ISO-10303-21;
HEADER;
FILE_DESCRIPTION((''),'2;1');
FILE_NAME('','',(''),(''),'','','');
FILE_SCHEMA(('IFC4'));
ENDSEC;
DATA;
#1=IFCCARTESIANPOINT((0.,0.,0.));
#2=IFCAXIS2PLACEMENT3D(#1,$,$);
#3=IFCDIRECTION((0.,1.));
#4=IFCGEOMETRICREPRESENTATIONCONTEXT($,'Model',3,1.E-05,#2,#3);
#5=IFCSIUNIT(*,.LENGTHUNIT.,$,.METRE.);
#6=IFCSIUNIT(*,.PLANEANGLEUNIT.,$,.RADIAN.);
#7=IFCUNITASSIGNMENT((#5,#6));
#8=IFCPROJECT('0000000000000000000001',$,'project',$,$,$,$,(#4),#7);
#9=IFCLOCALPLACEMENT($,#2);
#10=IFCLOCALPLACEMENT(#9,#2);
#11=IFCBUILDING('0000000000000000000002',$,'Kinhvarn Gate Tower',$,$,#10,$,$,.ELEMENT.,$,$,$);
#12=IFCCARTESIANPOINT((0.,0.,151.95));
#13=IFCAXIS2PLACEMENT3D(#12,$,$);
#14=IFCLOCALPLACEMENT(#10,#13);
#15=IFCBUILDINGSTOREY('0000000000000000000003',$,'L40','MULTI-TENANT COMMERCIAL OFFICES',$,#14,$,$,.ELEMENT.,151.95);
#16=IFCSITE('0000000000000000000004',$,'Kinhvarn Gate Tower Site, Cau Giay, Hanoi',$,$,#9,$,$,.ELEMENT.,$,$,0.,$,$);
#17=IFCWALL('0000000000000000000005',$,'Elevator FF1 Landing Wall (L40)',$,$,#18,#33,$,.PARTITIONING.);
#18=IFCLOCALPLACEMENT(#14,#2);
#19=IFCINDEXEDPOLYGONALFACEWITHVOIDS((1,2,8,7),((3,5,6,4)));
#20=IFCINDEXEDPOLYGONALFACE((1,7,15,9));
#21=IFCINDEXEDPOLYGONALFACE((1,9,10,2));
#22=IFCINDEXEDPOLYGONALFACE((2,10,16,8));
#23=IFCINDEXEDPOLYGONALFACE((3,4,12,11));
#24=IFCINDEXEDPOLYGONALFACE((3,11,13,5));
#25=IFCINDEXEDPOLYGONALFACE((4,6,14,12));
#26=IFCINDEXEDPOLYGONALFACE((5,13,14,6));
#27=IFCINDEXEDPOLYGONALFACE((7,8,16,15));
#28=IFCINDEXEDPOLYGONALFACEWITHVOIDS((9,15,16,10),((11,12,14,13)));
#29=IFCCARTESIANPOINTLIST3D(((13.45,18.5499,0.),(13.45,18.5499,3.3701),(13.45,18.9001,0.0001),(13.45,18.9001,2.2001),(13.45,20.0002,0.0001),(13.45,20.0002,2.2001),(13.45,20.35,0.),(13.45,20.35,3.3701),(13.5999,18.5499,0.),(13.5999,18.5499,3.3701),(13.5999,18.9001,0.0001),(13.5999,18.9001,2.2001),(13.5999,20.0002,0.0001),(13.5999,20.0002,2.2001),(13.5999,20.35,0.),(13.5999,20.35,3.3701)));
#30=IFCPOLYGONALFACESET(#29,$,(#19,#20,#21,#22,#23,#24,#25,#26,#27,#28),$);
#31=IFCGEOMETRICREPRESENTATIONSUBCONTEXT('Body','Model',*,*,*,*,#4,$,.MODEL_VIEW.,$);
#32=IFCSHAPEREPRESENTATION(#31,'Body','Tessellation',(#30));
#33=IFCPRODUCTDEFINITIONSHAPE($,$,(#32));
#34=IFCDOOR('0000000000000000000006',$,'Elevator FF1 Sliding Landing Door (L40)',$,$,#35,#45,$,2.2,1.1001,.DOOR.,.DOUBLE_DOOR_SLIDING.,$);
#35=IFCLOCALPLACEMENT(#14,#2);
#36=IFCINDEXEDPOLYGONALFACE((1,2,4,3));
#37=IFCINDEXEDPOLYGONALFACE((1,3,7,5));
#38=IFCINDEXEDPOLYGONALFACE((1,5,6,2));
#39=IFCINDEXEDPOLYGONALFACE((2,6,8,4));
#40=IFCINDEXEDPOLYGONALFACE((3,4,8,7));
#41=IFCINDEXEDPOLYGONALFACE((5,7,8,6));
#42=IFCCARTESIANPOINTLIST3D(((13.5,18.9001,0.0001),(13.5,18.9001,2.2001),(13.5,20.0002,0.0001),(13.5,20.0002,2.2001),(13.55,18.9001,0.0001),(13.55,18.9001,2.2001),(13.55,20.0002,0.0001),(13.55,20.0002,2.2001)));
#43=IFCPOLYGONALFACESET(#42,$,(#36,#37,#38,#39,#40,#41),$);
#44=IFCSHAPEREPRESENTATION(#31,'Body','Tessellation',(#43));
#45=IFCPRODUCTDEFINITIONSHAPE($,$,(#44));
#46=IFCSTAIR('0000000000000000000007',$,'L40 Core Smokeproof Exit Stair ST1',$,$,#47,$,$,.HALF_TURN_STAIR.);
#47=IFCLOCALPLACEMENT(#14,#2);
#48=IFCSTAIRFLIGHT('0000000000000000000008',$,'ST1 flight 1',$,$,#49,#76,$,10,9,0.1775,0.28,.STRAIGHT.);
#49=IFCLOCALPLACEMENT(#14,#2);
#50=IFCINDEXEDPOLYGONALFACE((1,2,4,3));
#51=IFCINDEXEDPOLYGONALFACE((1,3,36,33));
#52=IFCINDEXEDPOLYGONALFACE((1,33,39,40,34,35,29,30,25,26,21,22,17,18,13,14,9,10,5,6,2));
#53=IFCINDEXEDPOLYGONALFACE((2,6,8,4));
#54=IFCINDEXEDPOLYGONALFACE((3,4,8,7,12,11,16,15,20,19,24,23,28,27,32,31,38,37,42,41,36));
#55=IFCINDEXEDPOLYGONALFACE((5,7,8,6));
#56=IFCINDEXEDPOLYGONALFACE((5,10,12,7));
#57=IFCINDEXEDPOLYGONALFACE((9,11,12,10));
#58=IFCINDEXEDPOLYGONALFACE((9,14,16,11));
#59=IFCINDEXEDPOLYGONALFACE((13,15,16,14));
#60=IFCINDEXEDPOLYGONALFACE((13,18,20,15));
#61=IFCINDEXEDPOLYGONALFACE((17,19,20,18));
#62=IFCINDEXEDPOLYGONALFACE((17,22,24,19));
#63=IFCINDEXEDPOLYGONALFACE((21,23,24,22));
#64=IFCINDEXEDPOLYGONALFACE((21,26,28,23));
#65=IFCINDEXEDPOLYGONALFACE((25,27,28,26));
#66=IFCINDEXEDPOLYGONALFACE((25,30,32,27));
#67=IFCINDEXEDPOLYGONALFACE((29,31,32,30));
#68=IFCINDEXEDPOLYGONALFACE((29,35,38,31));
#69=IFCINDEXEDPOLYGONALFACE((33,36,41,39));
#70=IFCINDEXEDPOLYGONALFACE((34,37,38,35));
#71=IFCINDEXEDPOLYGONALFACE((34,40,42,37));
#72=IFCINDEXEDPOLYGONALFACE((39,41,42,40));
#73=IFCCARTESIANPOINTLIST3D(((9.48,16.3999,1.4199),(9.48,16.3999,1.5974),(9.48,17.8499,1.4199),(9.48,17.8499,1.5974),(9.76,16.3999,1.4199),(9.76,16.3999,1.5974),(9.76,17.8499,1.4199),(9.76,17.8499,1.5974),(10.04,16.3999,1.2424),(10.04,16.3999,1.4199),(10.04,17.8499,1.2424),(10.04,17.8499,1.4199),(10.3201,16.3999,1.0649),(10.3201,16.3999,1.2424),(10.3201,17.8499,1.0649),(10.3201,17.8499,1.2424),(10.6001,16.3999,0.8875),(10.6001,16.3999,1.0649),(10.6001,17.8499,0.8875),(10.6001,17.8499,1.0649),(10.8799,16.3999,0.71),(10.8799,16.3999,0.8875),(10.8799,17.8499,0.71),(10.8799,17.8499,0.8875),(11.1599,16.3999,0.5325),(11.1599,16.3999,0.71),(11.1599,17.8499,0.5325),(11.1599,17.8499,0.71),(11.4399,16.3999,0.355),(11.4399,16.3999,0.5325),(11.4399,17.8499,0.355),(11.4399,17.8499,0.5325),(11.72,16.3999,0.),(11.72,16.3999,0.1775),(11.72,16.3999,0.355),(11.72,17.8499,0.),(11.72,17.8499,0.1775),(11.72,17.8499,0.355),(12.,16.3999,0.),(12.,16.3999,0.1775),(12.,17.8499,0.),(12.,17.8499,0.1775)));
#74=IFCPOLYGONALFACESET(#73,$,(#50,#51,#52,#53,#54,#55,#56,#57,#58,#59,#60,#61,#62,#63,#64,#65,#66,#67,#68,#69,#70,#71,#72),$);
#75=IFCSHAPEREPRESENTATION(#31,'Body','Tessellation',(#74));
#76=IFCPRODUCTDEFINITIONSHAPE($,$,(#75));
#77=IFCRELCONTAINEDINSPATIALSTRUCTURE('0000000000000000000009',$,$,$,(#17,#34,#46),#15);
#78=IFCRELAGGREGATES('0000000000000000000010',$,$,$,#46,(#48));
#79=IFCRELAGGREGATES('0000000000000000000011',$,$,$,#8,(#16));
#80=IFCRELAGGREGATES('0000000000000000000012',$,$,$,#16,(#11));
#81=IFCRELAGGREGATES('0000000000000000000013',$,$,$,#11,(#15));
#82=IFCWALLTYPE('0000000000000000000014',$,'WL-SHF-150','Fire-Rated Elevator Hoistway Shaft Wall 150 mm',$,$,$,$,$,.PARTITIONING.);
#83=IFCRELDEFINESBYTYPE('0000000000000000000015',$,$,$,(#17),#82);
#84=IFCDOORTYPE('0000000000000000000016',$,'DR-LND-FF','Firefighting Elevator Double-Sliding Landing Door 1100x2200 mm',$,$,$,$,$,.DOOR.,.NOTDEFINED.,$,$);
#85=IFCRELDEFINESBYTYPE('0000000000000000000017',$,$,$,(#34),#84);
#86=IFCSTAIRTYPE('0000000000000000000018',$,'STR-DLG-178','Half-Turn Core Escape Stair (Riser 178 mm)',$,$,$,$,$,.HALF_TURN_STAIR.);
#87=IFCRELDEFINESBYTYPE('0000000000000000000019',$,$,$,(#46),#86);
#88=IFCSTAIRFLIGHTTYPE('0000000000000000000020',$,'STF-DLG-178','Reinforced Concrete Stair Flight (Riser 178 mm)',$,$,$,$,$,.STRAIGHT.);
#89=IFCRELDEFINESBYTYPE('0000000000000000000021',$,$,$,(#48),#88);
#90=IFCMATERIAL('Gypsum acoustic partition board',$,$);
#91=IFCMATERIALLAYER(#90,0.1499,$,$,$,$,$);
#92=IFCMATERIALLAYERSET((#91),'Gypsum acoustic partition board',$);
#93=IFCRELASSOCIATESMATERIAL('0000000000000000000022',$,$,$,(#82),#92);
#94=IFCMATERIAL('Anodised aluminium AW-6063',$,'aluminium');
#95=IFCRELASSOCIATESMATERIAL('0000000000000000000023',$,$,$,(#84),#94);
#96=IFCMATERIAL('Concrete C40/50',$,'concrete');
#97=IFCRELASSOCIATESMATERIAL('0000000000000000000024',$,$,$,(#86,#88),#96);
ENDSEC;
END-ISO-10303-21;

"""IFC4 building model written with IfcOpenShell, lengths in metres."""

from ifc_helpers import new_model, si_unit, direction, frame, frame_2d, origin, place, context, subcontext, project, spatial, polyline, rectangle, outline, extrude, material, layer, layer_set, type_object, element, fill, aggregate, save


model = new_model("IFC4")

# Units and contexts
model_context = context("Model", 3, precision=1e-05, world=origin(), true_north=direction((0.0, 1.0)))
body_context = subcontext(model_context, "Body", "Model", "MODEL_VIEW")
ifc_project = project(units=[si_unit("LENGTHUNIT", "METRE"), si_unit("PLANEANGLEUNIT", "RADIAN")], contexts=[model_context])

# Site, building, storey
site_placement = place(None, origin())
site = spatial("IfcSite", under=ifc_project, at=site_placement, Name="Kinhvarn Gate Tower Site, Cau Giay, Hanoi", CompositionType="ELEMENT", RefElevation=0.0)
building_placement = place(site_placement, origin())
building = spatial("IfcBuilding", under=site, at=building_placement, Name="Kinhvarn Gate Tower", CompositionType="ELEMENT")
storey_placement = place(building_placement, frame((0.0, 0.0, 151.95)))
storey = spatial("IfcBuildingStorey", under=building, at=storey_placement, Name="L40", Description="MULTI-TENANT COMMERCIAL OFFICES", CompositionType="ELEMENT", Elevation=151.95)

# Shared definitions
ifc_material_1 = material(Name="Anodised aluminium AW-6063", Category="aluminium")

# Shared definitions
ifc_material_2 = material(Name="Gypsum acoustic partition board")

# Wall, opening, door
ifc_layer_1 = layer(ifc_material_2, 0.1499)
ifc_layer_set_1 = layer_set([ifc_layer_1], Name="Gypsum acoustic partition board")
wall_type_1 = type_object("IfcWallType", Name="WL-SHF-150", Description="Fire-Rated Elevator Hoistway Shaft Wall 150 mm", PredefinedType="PARTITIONING", material=ifc_layer_set_1)
wall_1_placement = place(storey_placement, frame((13.5249, 18.55, 0.0), z_axis=(0.0, 0.0, 1.0), x_axis=(0.0, 1.0, 0.0)))
wall_1 = element("IfcWall", 1, at=wall_1_placement, inside=storey, type_object=wall_type_1, Name="Elevator FF1 Landing Wall (L40)", PredefinedType="PARTITIONING", context=body_context, shape_type="SweptSolid", body=[
    extrude(rectangle(XDim=1.8, YDim=0.1499, at=frame_2d((0.8999, 0.0))), origin(), (0.0, 0.0, 1.0), 3.3701),
])
opening_1_placement = place(wall_1_placement, frame((0.3501, 0.0, 0.0)))
opening_1 = element("IfcOpeningElement", 2, at=opening_1_placement, cuts=wall_1, PredefinedType="OPENING", context=body_context, shape_type="SweptSolid", body=[
    extrude(rectangle(XDim=1.1001, YDim=2.2, at=frame_2d((0.55, 1.1001))), frame((0.0, 0.085, 0.0), z_axis=(0.0, -1.0, 0.0), x_axis=(1.0, 0.0, 0.0)), (0.0, 0.0, 1.0), 0.1699),
])
door_type_1 = type_object("IfcDoorType", Name="DR-LND-FF", Description="Firefighting Elevator Double-Sliding Landing Door 1100x2200 mm", OperationType="NOTDEFINED", PredefinedType="DOOR", material=ifc_material_1)
door_1_placement = place(opening_1_placement, origin())
door_1 = element("IfcDoor", 3, at=door_1_placement, inside=storey, type_object=door_type_1, Name="Elevator FF1 Sliding Landing Door (L40)", OperationType="DOUBLE_DOOR_SLIDING", OverallHeight=2.2, OverallWidth=1.1001, PredefinedType="DOOR", context=body_context, shape_type="SweptSolid", body=[
    extrude(rectangle(XDim=1.1001, YDim=2.2, at=frame_2d((0.55, 1.1001))), frame((0.0, 0.0249, 0.0), z_axis=(0.0, -1.0, 0.0), x_axis=(1.0, 0.0, 0.0)), (0.0, 0.0, 1.0), 0.05),
])
fill(opening_1, door_1)
ifc_material_3 = material(Name="Concrete C40/50", Category="concrete")

# Stair, stair flight
stair_type = type_object("IfcStairType", Name="STR-DLG-178", Description="Half-Turn Core Escape Stair (Riser 178 mm)", PredefinedType="HALF_TURN_STAIR", material=ifc_material_3)
stair_placement = place(storey_placement, origin())
stair = element("IfcStair", 4, at=stair_placement, inside=storey, type_object=stair_type, Name="L40 Core Smokeproof Exit Stair ST1", PredefinedType="HALF_TURN_STAIR")
stair_flight_type = type_object("IfcStairFlightType", Name="STF-DLG-178", Description="Reinforced Concrete Stair Flight (Riser 178 mm)", PredefinedType="STRAIGHT", material=ifc_material_3)
stair_flight_placement = place(storey_placement, frame((12.0, 17.125, 0.0), z_axis=(0.0, 0.0, 1.0), x_axis=(-1.0, 0.0, 0.0)))
stair_flight = element("IfcStairFlight", 5, at=stair_flight_placement, type_object=stair_flight_type, Name="ST1 flight 1", NumberOfRisers=10, NumberOfTreads=9, PredefinedType="STRAIGHT", RiserHeight=0.1775, TreadLength=0.28, context=body_context, shape_type="SweptSolid", body=[
    extrude(outline(polyline([(0.0, 0.0), (0.0, 0.1775), (0.28, 0.1775), (0.28, 0.355), (0.5601, 0.355), (0.5601, 0.5325), (0.8401, 0.5325), (0.8401, 0.71), (1.1201, 0.71), (1.1201, 0.8875), (1.3999, 0.8875), (1.3999, 1.0649), (1.6799, 1.0649), (1.6799, 1.2424), (1.96, 1.2424), (1.96, 1.4199), (2.24, 1.4199), (2.24, 1.5974), (2.52, 1.5974), (2.52, 1.7749), (2.52, 1.4199), (0.28, 0.0), (0.0, 0.0)])), frame((0.0, 0.7251, 0.0), z_axis=(0.0, -1.0, 0.0), x_axis=(1.0, 0.0, 0.0)), (0.0, 0.0, 1.0), 1.45),
])
aggregate(stair, [stair_flight])

save(model, "model.ifc")
